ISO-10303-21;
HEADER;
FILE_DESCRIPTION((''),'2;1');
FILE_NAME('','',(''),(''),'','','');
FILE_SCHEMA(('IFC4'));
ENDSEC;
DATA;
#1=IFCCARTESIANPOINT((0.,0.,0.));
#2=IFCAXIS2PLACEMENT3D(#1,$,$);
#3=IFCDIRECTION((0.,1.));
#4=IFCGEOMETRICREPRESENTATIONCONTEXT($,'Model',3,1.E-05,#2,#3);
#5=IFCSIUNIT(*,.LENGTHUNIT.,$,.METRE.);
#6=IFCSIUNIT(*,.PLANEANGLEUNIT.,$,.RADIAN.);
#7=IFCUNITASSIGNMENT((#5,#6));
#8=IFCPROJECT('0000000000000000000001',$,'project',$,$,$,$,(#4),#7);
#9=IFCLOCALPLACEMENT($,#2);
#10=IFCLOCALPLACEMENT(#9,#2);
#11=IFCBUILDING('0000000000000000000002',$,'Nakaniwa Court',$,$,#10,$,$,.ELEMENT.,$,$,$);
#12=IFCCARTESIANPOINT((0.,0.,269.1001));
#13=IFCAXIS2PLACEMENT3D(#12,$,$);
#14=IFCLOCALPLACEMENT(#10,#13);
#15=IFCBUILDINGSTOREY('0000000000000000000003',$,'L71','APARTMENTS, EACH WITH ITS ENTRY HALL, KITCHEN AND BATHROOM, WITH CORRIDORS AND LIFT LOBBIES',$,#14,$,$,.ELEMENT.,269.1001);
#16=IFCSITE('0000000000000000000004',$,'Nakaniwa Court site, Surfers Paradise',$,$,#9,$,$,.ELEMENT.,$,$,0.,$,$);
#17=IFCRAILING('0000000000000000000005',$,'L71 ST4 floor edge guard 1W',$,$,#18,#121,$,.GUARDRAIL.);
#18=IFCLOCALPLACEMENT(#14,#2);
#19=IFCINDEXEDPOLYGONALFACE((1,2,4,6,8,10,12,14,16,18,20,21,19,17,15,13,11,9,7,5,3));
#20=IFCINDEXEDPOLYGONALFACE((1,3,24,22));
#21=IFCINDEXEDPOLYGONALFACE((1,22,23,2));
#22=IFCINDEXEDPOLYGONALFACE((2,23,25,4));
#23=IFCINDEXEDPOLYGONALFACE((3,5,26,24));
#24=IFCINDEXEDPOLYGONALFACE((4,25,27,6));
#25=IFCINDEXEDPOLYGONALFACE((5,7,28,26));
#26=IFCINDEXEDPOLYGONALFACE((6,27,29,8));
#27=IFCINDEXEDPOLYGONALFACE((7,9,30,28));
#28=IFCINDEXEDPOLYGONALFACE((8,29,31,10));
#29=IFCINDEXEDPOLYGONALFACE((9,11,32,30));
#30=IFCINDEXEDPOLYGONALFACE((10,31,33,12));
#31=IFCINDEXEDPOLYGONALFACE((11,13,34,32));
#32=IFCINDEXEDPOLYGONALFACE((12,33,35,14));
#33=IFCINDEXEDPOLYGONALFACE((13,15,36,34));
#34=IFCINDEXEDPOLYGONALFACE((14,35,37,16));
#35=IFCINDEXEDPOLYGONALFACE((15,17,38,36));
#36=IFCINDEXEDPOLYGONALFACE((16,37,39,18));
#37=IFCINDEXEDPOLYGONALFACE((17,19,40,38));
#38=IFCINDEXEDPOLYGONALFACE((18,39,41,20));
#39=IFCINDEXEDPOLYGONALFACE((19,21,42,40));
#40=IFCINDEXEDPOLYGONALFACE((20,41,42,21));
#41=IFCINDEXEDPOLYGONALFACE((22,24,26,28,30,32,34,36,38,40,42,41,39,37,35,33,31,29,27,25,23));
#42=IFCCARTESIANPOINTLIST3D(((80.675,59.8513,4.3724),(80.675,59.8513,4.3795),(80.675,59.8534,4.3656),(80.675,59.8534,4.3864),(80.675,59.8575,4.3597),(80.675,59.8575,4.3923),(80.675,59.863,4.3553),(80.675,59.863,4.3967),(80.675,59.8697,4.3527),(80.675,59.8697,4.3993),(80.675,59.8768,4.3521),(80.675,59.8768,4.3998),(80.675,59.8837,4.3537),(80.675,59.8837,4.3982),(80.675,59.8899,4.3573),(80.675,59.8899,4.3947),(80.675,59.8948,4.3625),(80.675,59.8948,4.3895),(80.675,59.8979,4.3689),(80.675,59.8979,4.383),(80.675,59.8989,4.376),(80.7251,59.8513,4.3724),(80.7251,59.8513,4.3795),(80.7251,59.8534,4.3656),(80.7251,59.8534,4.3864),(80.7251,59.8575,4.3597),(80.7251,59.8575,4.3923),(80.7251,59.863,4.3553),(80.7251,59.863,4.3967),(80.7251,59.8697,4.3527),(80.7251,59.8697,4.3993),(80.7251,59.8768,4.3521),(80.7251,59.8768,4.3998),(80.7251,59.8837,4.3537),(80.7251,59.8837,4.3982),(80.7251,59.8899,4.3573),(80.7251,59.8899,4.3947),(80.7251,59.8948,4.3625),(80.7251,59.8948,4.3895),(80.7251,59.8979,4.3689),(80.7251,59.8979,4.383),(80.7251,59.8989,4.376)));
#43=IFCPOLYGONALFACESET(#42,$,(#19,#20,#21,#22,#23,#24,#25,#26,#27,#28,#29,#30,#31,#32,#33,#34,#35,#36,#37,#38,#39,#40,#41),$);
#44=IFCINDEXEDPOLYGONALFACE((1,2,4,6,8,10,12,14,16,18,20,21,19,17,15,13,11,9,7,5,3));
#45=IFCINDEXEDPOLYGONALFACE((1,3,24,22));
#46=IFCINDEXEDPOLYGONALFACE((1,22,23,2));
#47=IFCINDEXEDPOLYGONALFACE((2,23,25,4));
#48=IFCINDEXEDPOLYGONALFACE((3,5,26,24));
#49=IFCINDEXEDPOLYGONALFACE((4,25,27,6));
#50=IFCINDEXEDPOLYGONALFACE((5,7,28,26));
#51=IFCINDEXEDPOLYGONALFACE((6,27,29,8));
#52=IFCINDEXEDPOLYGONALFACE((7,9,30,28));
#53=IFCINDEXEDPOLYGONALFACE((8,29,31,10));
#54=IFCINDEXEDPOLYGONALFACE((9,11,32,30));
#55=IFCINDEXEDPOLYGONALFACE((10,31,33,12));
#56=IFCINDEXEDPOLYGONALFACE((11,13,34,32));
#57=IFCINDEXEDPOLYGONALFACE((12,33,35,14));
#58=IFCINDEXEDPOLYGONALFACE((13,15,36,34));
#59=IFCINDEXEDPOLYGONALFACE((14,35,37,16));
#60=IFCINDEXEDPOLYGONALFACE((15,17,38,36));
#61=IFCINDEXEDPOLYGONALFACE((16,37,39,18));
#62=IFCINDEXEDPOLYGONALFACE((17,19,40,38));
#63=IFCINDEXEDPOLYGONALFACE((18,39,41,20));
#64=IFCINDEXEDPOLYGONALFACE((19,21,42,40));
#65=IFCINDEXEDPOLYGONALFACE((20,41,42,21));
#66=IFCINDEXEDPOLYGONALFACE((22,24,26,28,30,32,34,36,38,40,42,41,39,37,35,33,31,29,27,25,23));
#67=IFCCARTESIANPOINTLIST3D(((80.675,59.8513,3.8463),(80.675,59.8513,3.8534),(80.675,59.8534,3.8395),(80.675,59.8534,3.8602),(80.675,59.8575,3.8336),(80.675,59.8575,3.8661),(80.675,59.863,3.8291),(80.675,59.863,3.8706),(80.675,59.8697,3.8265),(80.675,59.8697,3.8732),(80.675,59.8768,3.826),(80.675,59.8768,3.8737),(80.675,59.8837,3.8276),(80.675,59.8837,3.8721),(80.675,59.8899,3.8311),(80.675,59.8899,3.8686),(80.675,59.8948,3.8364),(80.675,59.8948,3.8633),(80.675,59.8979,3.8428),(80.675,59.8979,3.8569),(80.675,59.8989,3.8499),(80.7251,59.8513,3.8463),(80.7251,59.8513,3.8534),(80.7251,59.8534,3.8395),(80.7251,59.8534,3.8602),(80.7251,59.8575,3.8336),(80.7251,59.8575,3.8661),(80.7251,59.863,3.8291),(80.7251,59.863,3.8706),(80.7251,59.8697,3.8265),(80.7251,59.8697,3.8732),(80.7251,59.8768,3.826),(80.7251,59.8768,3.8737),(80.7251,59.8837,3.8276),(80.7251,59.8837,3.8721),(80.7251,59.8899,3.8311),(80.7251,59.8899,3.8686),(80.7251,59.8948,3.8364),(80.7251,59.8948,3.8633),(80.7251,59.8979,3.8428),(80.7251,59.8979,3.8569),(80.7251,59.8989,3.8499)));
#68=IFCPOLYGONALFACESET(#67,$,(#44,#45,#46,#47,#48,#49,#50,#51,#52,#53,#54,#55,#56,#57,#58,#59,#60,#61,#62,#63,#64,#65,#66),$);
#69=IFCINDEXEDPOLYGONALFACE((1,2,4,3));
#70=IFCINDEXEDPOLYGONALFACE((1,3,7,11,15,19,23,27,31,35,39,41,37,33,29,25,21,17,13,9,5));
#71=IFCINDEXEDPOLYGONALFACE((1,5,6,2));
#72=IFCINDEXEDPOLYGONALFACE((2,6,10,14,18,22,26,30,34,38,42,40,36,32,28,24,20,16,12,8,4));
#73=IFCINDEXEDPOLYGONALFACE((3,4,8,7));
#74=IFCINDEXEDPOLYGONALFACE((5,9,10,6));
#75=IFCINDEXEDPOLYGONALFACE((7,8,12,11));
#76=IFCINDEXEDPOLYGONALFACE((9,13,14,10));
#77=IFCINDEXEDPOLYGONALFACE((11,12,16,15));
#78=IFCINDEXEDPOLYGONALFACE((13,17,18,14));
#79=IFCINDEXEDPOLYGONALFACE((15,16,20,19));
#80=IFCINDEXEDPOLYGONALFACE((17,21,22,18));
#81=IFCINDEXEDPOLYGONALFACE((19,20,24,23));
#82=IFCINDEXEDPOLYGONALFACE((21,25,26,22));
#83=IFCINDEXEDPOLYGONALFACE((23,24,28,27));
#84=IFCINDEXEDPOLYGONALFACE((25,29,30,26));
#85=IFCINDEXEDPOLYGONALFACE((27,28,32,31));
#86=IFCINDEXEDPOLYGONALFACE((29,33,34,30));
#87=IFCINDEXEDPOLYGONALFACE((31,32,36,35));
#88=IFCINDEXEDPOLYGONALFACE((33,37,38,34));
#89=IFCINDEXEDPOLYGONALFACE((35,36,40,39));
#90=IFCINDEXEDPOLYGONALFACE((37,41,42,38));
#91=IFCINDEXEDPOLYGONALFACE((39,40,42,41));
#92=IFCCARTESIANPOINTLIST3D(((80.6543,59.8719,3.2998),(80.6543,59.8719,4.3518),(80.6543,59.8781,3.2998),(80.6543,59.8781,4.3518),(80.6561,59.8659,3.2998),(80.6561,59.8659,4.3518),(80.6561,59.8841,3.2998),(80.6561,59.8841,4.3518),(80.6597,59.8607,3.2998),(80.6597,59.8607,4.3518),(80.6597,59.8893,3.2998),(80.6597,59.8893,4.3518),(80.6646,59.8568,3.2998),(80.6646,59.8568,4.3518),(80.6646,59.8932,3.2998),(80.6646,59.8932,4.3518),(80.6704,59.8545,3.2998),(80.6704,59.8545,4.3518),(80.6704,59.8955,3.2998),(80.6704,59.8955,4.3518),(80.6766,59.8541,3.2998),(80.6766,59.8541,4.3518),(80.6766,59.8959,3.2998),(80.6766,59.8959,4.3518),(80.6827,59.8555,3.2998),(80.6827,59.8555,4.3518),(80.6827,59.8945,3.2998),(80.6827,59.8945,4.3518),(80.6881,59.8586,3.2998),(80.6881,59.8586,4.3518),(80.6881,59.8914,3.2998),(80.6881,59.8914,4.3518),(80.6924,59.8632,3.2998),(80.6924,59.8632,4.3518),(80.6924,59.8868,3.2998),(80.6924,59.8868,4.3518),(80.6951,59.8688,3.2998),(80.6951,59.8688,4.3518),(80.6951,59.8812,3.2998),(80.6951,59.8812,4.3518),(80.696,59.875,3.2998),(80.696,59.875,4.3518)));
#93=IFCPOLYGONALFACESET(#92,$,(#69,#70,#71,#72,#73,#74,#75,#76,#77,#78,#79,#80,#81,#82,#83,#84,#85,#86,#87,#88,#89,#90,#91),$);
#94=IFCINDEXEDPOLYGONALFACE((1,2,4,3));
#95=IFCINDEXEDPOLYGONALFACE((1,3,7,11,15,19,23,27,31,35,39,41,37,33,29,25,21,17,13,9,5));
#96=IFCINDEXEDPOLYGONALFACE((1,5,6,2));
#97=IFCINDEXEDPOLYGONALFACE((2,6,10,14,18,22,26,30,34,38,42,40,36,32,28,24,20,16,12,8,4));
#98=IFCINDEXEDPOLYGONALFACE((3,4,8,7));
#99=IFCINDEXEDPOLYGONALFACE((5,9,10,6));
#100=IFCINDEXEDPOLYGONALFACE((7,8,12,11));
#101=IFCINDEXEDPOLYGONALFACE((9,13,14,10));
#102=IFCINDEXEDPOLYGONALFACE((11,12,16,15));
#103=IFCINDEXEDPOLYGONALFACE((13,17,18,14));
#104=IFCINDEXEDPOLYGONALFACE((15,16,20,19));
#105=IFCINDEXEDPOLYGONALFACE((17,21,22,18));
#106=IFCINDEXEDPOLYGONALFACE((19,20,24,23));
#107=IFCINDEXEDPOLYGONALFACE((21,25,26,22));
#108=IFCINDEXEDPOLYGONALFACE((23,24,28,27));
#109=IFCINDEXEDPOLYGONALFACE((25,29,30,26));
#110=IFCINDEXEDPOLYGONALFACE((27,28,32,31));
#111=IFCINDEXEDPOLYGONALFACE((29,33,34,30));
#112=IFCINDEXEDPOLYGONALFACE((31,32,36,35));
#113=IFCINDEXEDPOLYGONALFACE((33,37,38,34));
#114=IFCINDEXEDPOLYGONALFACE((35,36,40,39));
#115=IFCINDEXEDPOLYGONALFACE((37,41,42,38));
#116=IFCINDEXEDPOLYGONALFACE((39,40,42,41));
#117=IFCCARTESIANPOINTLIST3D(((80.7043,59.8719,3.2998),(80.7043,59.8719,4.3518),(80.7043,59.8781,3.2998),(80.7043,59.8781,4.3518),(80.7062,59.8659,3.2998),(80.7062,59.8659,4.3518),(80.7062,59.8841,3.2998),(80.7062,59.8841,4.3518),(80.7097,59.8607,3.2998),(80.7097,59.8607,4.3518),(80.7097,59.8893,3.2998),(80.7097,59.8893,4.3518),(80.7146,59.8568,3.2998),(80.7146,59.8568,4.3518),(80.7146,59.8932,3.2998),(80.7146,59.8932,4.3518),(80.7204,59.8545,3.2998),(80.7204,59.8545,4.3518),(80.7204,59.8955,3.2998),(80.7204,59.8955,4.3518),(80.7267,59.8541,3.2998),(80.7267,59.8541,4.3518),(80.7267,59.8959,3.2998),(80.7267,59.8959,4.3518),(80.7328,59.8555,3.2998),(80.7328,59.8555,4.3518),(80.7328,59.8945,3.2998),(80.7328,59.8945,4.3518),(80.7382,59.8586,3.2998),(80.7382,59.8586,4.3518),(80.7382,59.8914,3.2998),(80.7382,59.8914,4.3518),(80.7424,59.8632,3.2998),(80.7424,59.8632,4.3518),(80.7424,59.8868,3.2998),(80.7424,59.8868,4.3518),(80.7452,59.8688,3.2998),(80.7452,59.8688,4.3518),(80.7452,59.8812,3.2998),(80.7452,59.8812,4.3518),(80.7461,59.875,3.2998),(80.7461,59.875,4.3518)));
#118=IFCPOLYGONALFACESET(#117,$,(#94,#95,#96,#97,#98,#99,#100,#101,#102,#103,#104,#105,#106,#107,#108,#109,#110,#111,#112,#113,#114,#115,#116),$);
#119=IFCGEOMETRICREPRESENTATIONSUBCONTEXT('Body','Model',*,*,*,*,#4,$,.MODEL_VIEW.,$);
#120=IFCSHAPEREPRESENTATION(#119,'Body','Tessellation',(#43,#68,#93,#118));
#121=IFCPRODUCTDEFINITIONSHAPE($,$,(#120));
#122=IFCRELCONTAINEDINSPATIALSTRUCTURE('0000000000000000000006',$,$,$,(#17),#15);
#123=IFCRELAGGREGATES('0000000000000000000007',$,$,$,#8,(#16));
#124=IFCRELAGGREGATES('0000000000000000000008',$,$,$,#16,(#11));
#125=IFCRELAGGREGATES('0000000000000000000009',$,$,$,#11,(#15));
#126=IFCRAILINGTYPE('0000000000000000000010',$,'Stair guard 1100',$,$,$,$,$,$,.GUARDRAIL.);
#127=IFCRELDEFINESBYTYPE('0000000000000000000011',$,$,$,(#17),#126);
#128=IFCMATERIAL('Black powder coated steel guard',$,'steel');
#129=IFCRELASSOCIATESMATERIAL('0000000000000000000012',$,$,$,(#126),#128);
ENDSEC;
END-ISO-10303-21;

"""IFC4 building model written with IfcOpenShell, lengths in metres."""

from ifc_helpers import new_model, si_unit, direction, frame, origin, origin_2d, place, context, subcontext, project, spatial, circle, extrude, material, type_object, element, save


model = new_model("IFC4")

# Units and contexts
model_context = context("Model", 3, precision=1e-05, world=origin(), true_north=direction((0.0, 1.0)))
body_context = subcontext(model_context, "Body", "Model", "MODEL_VIEW")
ifc_project = project(units=[si_unit("LENGTHUNIT", "METRE"), si_unit("PLANEANGLEUNIT", "RADIAN")], contexts=[model_context])

# Site, building, storey
site_placement = place(None, origin())
site = spatial("IfcSite", under=ifc_project, at=site_placement, Name="Nakaniwa Court site, Surfers Paradise", CompositionType="ELEMENT", RefElevation=0.0)
building_placement = place(site_placement, origin())
building = spatial("IfcBuilding", under=site, at=building_placement, Name="Nakaniwa Court", CompositionType="ELEMENT")
storey_placement = place(building_placement, frame((0.0, 0.0, 269.1001)))
storey = spatial("IfcBuildingStorey", under=building, at=storey_placement, Name="L71", Description="APARTMENTS, EACH WITH ITS ENTRY HALL, KITCHEN AND BATHROOM, WITH CORRIDORS AND LIFT LOBBIES", CompositionType="ELEMENT", Elevation=269.1001)

# Railing
ifc_material_1 = material(Name="Black powder coated steel guard", Category="steel")
railing_type_1 = type_object("IfcRailingType", Name="Stair guard 1100", PredefinedType="GUARDRAIL", material=ifc_material_1)
for number, where, name in (
    (1, (80.675, 59.875, 3.2998), "L71 ST4 floor edge guard 1W"),
):
    element("IfcRailing", number, at=place(storey_placement, frame(where)), inside=storey, type_object=railing_type_1, Name=name, PredefinedType="GUARDRAIL", context=body_context, shape_type="SweptSolid", body=[
        extrude(circle(Radius=0.0239, at=origin_2d()), frame((0.0, 0.0, 1.0762), z_axis=(1.0, 0.0, 0.0), x_axis=(0.0, 1.0, 0.0)), (0.0, 0.0, 1.0), 0.05),
        extrude(circle(Radius=0.0239, at=origin_2d()), frame((0.0, 0.0, 0.55), z_axis=(1.0, 0.0, 0.0), x_axis=(0.0, 1.0, 0.0)), (0.0, 0.0, 1.0), 0.05),
        extrude(circle(Radius=0.021, at=origin_2d()), origin(), (0.0, 0.0, 1.0), 1.052),
        extrude(circle(Radius=0.021, at=origin_2d()), frame((0.05, 0.0, 0.0)), (0.0, 0.0, 1.0), 1.052),
    ])

save(model, "model.ifc")
